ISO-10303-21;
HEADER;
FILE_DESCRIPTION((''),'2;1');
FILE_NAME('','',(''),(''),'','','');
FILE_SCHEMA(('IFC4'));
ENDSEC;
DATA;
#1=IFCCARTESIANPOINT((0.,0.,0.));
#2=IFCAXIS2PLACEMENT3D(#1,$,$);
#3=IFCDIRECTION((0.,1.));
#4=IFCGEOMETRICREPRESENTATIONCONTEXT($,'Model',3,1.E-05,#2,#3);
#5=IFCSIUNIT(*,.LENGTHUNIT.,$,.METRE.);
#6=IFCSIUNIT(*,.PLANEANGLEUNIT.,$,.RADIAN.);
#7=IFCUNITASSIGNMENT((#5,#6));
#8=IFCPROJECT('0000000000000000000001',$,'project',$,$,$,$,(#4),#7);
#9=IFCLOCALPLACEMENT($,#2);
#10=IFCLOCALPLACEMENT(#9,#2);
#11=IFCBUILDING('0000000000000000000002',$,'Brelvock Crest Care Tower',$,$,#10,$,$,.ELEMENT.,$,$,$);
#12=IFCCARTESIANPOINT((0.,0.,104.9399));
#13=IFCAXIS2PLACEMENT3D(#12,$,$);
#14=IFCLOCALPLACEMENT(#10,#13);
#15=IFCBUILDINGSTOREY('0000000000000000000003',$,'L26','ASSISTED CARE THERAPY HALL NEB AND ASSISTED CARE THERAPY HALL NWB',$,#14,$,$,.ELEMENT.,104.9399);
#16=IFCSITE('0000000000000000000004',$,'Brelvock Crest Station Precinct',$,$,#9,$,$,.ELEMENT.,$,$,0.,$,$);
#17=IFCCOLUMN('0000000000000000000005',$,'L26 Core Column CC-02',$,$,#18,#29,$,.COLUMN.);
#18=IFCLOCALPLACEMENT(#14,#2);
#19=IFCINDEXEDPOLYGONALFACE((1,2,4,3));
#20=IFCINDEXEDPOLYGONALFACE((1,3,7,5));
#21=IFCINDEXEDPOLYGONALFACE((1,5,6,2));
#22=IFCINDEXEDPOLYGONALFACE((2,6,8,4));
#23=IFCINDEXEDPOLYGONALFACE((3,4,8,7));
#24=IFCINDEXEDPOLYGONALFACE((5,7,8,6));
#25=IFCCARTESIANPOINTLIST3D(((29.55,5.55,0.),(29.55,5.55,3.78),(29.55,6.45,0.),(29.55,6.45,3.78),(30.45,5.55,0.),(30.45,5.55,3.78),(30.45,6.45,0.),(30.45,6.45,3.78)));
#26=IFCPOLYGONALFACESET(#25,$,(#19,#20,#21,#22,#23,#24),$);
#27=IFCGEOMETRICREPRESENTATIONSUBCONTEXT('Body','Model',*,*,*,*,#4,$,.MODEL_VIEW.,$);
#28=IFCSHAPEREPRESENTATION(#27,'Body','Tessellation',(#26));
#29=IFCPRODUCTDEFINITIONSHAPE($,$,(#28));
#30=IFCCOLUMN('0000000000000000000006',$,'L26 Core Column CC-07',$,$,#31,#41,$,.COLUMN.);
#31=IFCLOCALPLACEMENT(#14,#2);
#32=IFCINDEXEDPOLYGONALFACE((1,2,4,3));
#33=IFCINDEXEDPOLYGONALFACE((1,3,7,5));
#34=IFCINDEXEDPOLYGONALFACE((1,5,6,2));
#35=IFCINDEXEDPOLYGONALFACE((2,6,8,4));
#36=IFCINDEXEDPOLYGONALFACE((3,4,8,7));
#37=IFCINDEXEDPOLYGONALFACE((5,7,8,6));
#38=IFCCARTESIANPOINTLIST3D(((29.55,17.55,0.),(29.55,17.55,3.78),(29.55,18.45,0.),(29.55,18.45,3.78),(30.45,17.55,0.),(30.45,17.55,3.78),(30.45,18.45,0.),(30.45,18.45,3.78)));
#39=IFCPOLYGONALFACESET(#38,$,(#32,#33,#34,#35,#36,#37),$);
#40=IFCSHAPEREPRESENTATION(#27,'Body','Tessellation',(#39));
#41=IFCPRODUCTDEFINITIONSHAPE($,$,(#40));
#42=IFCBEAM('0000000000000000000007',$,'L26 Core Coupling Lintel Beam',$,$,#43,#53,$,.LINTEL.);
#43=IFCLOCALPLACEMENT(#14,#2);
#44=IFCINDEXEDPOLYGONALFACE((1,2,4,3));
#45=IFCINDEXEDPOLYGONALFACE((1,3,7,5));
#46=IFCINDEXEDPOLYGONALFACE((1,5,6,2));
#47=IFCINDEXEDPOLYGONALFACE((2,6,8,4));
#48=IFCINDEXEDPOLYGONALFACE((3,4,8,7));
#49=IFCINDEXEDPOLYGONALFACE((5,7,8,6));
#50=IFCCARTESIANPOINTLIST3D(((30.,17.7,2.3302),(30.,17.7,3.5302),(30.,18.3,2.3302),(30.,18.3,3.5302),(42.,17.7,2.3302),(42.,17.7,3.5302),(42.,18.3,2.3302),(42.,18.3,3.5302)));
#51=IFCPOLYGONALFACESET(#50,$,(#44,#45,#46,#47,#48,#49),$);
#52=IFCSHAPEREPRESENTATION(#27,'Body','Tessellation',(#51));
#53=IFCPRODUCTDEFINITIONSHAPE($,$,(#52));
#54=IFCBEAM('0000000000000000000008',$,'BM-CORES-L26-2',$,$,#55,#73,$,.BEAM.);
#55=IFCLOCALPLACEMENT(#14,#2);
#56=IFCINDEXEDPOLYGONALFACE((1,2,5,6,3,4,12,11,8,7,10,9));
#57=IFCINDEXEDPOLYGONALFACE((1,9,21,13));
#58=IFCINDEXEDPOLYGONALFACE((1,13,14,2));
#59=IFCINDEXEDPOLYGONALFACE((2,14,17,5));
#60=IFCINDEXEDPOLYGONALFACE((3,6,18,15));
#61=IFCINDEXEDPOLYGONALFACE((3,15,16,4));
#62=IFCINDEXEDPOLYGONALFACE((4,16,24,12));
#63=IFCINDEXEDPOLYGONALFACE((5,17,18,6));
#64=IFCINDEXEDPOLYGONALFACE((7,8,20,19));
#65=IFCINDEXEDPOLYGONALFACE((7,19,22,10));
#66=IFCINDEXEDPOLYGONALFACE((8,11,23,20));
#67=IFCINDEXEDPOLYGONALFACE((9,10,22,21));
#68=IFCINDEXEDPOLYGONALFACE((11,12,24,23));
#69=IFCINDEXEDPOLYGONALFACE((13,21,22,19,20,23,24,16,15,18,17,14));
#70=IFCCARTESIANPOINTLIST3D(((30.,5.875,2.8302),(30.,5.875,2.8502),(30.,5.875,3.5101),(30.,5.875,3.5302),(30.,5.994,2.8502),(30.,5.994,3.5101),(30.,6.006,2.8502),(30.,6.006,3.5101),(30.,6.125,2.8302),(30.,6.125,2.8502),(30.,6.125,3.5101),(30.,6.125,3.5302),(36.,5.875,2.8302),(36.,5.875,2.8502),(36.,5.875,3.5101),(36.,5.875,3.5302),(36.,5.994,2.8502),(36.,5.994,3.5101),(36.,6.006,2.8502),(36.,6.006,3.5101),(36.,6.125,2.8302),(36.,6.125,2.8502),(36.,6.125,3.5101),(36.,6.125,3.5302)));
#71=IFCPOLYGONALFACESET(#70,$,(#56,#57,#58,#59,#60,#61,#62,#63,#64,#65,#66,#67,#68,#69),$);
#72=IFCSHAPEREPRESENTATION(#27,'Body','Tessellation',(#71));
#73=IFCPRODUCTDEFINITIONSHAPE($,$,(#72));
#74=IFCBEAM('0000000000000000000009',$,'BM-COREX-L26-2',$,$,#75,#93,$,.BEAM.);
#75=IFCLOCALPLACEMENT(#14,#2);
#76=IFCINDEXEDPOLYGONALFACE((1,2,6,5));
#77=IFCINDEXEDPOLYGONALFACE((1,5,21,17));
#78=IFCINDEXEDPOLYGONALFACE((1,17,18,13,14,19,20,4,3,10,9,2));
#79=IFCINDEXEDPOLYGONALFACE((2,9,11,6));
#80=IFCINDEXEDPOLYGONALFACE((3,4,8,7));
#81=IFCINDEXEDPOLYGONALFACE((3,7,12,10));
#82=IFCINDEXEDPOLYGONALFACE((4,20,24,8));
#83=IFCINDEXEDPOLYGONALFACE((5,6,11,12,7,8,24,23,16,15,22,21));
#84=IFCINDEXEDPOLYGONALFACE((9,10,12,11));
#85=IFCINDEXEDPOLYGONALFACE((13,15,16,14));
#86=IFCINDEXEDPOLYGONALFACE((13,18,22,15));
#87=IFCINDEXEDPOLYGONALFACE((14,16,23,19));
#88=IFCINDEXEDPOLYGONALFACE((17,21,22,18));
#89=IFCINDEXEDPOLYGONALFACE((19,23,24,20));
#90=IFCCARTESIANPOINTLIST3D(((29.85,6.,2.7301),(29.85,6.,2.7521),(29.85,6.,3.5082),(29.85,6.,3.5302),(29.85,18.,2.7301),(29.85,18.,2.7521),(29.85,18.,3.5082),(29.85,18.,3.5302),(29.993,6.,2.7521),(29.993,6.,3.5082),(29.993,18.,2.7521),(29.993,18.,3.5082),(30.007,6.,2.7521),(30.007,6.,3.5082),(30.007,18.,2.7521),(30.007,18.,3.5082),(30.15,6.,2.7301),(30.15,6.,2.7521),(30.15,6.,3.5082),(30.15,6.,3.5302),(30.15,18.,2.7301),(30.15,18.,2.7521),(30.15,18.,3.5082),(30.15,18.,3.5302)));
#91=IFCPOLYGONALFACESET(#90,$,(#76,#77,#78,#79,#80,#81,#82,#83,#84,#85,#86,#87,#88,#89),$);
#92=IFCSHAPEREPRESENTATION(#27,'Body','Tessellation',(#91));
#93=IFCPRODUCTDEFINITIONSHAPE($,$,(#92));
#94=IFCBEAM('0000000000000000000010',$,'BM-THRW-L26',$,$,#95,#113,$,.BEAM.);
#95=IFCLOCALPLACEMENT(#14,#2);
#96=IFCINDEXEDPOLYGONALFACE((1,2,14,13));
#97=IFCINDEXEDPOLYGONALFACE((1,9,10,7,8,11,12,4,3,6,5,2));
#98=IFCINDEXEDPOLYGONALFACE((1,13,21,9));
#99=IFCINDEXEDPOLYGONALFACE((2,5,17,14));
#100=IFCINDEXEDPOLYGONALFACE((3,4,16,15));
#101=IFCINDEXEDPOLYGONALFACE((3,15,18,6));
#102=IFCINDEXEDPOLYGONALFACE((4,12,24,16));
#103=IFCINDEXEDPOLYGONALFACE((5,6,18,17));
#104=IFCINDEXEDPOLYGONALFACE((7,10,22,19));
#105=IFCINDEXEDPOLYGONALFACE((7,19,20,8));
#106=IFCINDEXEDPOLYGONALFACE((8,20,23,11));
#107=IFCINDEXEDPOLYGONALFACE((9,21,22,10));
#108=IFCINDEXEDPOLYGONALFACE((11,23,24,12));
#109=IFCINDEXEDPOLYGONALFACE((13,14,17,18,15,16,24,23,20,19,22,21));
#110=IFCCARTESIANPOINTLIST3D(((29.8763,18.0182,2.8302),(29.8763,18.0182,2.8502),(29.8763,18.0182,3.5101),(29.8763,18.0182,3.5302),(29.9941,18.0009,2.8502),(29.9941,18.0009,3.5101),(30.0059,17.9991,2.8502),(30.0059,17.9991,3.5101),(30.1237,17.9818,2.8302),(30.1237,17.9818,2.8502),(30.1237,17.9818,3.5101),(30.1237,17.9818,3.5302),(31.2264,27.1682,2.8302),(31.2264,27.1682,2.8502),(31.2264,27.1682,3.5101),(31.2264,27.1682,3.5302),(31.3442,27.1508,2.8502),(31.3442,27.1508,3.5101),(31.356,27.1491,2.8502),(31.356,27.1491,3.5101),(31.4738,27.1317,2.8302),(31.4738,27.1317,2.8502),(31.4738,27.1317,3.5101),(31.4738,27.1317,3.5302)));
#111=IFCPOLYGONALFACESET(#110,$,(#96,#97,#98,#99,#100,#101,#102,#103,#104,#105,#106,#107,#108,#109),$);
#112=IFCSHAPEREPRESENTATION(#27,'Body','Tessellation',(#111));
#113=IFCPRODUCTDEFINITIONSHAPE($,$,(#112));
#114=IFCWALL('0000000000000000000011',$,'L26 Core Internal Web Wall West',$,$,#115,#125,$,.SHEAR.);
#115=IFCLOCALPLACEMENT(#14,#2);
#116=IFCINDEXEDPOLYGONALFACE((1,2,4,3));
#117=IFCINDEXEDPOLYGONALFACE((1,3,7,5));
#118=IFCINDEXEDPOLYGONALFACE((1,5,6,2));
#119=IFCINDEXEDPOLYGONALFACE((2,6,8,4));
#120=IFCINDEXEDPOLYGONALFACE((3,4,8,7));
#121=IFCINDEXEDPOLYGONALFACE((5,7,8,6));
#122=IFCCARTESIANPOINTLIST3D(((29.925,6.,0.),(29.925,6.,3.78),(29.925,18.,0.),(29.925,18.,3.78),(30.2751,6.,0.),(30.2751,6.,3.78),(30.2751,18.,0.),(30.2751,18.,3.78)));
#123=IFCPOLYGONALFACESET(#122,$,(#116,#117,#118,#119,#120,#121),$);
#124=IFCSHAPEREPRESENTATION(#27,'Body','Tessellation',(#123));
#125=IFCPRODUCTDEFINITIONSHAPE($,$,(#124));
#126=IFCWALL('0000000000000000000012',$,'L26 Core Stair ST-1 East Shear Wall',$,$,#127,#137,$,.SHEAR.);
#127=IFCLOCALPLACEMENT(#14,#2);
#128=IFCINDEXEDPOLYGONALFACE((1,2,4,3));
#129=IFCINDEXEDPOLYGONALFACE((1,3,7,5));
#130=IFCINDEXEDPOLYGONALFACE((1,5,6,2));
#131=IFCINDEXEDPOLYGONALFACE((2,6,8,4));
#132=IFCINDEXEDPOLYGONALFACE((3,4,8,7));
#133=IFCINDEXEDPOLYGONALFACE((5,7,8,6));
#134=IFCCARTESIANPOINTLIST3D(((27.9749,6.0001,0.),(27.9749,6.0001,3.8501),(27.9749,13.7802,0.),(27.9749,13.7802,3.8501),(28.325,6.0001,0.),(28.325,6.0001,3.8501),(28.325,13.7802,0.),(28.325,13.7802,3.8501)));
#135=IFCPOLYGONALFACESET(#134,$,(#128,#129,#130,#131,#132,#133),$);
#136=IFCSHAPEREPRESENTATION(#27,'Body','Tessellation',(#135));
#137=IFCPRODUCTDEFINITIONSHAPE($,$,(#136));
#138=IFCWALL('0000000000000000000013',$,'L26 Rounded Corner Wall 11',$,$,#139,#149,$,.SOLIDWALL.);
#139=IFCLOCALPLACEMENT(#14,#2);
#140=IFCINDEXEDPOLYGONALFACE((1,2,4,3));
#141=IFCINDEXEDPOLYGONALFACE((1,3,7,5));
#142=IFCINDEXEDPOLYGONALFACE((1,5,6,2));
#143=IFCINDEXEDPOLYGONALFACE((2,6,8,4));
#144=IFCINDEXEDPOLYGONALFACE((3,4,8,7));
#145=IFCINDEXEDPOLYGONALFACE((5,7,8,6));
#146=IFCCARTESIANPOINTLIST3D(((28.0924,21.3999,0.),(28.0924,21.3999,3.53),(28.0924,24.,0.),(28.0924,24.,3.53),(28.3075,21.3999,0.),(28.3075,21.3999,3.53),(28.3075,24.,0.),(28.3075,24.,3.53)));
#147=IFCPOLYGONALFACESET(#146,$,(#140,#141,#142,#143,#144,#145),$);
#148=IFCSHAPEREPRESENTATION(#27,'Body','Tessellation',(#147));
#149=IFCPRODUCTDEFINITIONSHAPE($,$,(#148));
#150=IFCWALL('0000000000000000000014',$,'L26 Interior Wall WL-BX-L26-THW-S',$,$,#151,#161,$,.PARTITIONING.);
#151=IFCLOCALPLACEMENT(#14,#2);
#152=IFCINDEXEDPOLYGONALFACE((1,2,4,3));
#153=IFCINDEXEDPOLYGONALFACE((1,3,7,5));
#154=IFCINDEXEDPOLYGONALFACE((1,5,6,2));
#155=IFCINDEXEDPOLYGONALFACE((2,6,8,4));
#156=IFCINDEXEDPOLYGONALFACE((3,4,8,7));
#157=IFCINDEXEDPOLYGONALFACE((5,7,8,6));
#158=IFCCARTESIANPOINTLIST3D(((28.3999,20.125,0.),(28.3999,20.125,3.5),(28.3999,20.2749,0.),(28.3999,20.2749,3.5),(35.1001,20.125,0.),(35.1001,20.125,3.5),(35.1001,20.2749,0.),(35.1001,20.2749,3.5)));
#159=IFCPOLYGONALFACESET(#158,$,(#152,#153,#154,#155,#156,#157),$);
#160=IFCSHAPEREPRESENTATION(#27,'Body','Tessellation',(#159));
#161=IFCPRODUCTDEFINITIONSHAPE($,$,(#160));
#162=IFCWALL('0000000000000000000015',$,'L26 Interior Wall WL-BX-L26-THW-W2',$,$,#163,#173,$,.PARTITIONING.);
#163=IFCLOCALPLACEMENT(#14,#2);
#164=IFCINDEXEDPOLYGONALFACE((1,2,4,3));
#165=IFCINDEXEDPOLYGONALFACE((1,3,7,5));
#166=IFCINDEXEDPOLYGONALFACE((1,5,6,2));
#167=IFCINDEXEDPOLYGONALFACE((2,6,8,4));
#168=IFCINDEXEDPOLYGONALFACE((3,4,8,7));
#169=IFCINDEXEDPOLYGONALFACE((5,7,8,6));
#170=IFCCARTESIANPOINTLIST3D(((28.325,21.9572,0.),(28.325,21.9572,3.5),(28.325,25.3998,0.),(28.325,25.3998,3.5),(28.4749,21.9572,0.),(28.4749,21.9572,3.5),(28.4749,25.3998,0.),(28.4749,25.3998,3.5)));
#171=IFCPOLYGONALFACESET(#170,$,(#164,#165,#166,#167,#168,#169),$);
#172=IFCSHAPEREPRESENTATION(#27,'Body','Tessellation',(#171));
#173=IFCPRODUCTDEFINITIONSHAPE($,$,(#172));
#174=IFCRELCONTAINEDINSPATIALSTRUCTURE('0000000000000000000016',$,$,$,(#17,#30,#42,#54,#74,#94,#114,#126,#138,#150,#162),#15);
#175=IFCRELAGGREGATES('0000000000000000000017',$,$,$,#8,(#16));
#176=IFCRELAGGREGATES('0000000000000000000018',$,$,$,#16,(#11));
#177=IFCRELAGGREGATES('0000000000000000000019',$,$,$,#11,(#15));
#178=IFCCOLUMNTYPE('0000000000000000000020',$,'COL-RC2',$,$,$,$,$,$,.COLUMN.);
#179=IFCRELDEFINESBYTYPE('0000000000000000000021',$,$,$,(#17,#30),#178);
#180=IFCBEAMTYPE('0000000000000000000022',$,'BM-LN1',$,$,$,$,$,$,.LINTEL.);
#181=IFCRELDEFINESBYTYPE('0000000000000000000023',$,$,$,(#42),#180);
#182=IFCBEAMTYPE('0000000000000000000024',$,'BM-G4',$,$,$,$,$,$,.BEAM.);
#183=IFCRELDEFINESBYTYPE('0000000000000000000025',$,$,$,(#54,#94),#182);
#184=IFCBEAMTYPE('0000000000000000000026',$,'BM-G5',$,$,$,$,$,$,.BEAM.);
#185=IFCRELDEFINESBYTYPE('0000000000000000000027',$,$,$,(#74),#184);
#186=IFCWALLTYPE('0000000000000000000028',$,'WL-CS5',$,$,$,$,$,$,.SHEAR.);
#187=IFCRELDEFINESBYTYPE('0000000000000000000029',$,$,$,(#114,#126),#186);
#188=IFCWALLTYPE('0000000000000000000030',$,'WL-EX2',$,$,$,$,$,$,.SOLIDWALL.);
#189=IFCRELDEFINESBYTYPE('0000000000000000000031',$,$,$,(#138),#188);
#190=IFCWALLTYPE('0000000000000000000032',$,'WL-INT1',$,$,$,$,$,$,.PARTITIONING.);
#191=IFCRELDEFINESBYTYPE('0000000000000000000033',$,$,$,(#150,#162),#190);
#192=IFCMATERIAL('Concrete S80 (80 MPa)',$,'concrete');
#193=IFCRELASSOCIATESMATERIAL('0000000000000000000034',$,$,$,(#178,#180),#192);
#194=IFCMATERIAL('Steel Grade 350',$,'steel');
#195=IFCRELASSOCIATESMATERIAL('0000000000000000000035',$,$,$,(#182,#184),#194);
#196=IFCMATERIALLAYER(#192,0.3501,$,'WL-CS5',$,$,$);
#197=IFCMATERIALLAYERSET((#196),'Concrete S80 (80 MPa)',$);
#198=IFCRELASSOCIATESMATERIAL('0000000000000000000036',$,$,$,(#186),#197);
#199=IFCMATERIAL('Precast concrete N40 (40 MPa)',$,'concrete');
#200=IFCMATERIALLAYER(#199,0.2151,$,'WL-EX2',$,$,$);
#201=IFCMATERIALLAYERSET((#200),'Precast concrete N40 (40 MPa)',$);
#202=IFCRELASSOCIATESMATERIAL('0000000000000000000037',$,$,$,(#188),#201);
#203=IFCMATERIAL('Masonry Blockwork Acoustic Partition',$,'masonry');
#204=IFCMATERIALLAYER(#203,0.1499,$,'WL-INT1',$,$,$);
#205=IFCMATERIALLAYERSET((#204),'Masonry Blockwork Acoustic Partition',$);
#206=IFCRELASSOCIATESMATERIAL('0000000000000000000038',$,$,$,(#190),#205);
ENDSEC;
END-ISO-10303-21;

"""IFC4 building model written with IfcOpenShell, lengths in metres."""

from ifc_helpers import new_model, si_unit, direction, frame, frame_2d, origin, origin_2d, place, context, subcontext, project, spatial, rectangle, i_section, extrude, source, transform, mapped, material, layer, layer_set, material_profile, profile_set, type_object, element, save


model = new_model("IFC4")

# Units and contexts
model_context = context("Model", 3, precision=1e-05, world=origin(), true_north=direction((0.0, 1.0)))
body_context = subcontext(model_context, "Body", "Model", "MODEL_VIEW")
ifc_project = project(units=[si_unit("LENGTHUNIT", "METRE"), si_unit("PLANEANGLEUNIT", "RADIAN")], contexts=[model_context])

# Site, building, storey
site_placement = place(None, origin())
site = spatial("IfcSite", under=ifc_project, at=site_placement, Name="Brelvock Crest Station Precinct", CompositionType="ELEMENT", RefElevation=0.0)
building_placement = place(site_placement, origin())
building = spatial("IfcBuilding", under=site, at=building_placement, Name="Brelvock Crest Care Tower", CompositionType="ELEMENT")
storey_placement = place(building_placement, frame((0.0, 0.0, 104.9399)))
storey = spatial("IfcBuildingStorey", under=building, at=storey_placement, Name="L26", Description="ASSISTED CARE THERAPY HALL NEB AND ASSISTED CARE THERAPY HALL NWB", CompositionType="ELEMENT", Elevation=104.9399)

# Columns
ifc_material_1 = material(Name="Concrete S80 (80 MPa)", Category="concrete")
ifc_material_profile_1 = material_profile(ifc_material_1, rectangle(XDim=0.8999, YDim=0.8999, at=origin_2d()), Name="RC900x900")
ifc_profile_set_1 = profile_set([ifc_material_profile_1], Name="Concrete S80 (80 MPa)")
column_type = type_object("IfcColumnType", Name="COL-RC2", PredefinedType="COLUMN", material=ifc_profile_set_1)
shared_shape_1 = source(origin(), body_context, "Body", "SweptSolid", [
    extrude(rectangle(XDim=0.8999, YDim=0.8999, at=origin_2d()), origin(), (0.0, 0.0, 1.0), 3.78),
])
for number, where, z_axis, x_axis, name in (
    (1, (30.0, 6.0, 0.0), (0.0, 0.0, 1.0), (1.0, 0.0, 0.0), "L26 Core Column CC-02"),
    (2, (30.0, 18.0, 0.0), (0.0, 0.0, 1.0), (1.0, 0.0, 0.0), "L26 Core Column CC-07"),
):
    element("IfcColumn", number, at=place(storey_placement, frame(where, z_axis=z_axis, x_axis=x_axis)), inside=storey, type_object=column_type, Name=name, PredefinedType="COLUMN", context=body_context, shape_type="MappedRepresentation", body=[
        mapped(shared_shape_1, transform((0.0, 0.0, 0.0), x_axis=(1.0, 0.0, 0.0), y_axis=(0.0, 1.0, 0.0), z_axis=(0.0, 0.0, 1.0), scale=1.0)),
    ])

# Beams
ifc_material_profile_2 = material_profile(ifc_material_1, rectangle(XDim=0.6001, YDim=1.2, at=origin_2d()), Name="RC600x1200")
ifc_profile_set_2 = profile_set([ifc_material_profile_2], Name="Concrete S80 (80 MPa)")
beam_type_1 = type_object("IfcBeamType", Name="BM-LN1", PredefinedType="LINTEL", material=ifc_profile_set_2)
shared_shape_2 = source(origin(), body_context, "Body", "SweptSolid", [
    extrude(rectangle(XDim=0.6001, YDim=1.2, at=origin_2d()), origin(), (0.0, 0.0, 1.0), 12.0),
])
beam_1_placement = place(storey_placement, frame((30.0, 18.0, 2.9302), z_axis=(1.0, 0.0, 0.0), x_axis=(0.0, 1.0, 0.0)))
element("IfcBeam", 3, at=beam_1_placement, inside=storey, type_object=beam_type_1, Name="L26 Core Coupling Lintel Beam", PredefinedType="LINTEL", context=body_context, shape_type="MappedRepresentation", body=[
    mapped(shared_shape_2, transform((0.0, 0.0, 0.0), x_axis=(1.0, 0.0, 0.0), y_axis=(0.0, 1.0, 0.0), z_axis=(0.0, 0.0, 1.0), scale=1.0)),
])
ifc_material_2 = material(Name="Steel Grade 350", Category="steel")
ifc_material_profile_3 = material_profile(ifc_material_2, i_section(OverallWidth=0.25, OverallDepth=0.7, WebThickness=0.012, FlangeThickness=0.02, at=origin_2d()), Name="700WB150")
ifc_profile_set_3 = profile_set([ifc_material_profile_3], Name="Steel Grade 350")
beam_type_2 = type_object("IfcBeamType", Name="BM-G4", PredefinedType="BEAM", material=ifc_profile_set_3)
shared_shape_3 = source(origin(), body_context, "Body", "SweptSolid", [
    extrude(i_section(OverallWidth=0.25, OverallDepth=0.7, WebThickness=0.012, FlangeThickness=0.02, at=origin_2d()), origin(), (0.0, 0.0, 1.0), 6.0),
])
beam_2_placement = place(storey_placement, frame((30.0, 6.0, 3.1802), z_axis=(1.0, 0.0, 0.0), x_axis=(0.0, 1.0, 0.0)))
element("IfcBeam", 4, at=beam_2_placement, inside=storey, type_object=beam_type_2, Name="BM-CORES-L26-2", PredefinedType="BEAM", context=body_context, shape_type="MappedRepresentation", body=[
    mapped(shared_shape_3, transform((0.0, 0.0, 0.0), x_axis=(1.0, 0.0, 0.0), y_axis=(0.0, 1.0, 0.0), z_axis=(0.0, 0.0, 1.0), scale=1.0)),
])
ifc_material_profile_4 = material_profile(ifc_material_2, i_section(OverallWidth=0.3, OverallDepth=0.8, WebThickness=0.0139, FlangeThickness=0.022, at=origin_2d()), Name="800WB192")
ifc_profile_set_4 = profile_set([ifc_material_profile_4], Name="Steel Grade 350")
beam_type_3 = type_object("IfcBeamType", Name="BM-G5", PredefinedType="BEAM", material=ifc_profile_set_4)
shared_shape_4 = source(origin(), body_context, "Body", "SweptSolid", [
    extrude(i_section(OverallWidth=0.3, OverallDepth=0.8, WebThickness=0.0139, FlangeThickness=0.022, at=origin_2d()), origin(), (0.0, 0.0, 1.0), 12.0),
])
beam_3_placement = place(storey_placement, frame((30.0, 6.0, 3.1301), z_axis=(0.0, 1.0, 0.0), x_axis=(-1.0, 0.0, 0.0)))
element("IfcBeam", 5, at=beam_3_placement, inside=storey, type_object=beam_type_3, Name="BM-COREX-L26-2", PredefinedType="BEAM", context=body_context, shape_type="MappedRepresentation", body=[
    mapped(shared_shape_4, transform((0.0, 0.0, 0.0), x_axis=(1.0, 0.0, 0.0), y_axis=(0.0, 1.0, 0.0), z_axis=(0.0, 0.0, 1.0), scale=1.0)),
])
shared_shape_5 = source(origin(), body_context, "Body", "SweptSolid", [
    extrude(i_section(OverallWidth=0.25, OverallDepth=0.7, WebThickness=0.012, FlangeThickness=0.02, at=origin_2d()), origin(), (0.0, 0.0, 1.0), 9.249),
])
beam_4_placement = place(storey_placement, frame((30.0, 18.0, 3.1802), z_axis=(0.145973, 0.989289, 0.0), x_axis=(-0.989289, 0.145973, 0.0)))
element("IfcBeam", 6, at=beam_4_placement, inside=storey, type_object=beam_type_2, Name="BM-THRW-L26", PredefinedType="BEAM", context=body_context, shape_type="MappedRepresentation", body=[
    mapped(shared_shape_5, transform((0.0, 0.0, 0.0), x_axis=(1.0, 0.0, 0.0), y_axis=(0.0, 1.0, 0.0), z_axis=(0.0, 0.0, 1.0), scale=1.0)),
])

# Walls
ifc_layer_1 = layer(ifc_material_1, 0.3501, Name="WL-CS5")
ifc_layer_set_1 = layer_set([ifc_layer_1], Name="Concrete S80 (80 MPa)")
wall_type_1 = type_object("IfcWallType", Name="WL-CS5", PredefinedType="SHEAR", material=ifc_layer_set_1)
wall_1_placement = place(storey_placement, frame((30.1001, 6.0, 0.0), z_axis=(0.0, 0.0, 1.0), x_axis=(0.0, 1.0, 0.0)))
element("IfcWall", 7, at=wall_1_placement, inside=storey, type_object=wall_type_1, Name="L26 Core Internal Web Wall West", PredefinedType="SHEAR", context=body_context, shape_type="SweptSolid", body=[
    extrude(rectangle(XDim=12.0, YDim=0.3501, at=frame_2d((6.0, 0.0))), origin(), (0.0, 0.0, 1.0), 3.78),
])
wall_2_placement = place(storey_placement, frame((28.1499, 6.0, 0.0), z_axis=(0.0, 0.0, 1.0), x_axis=(0.0, 1.0, 0.0)))
element("IfcWall", 8, at=wall_2_placement, inside=storey, type_object=wall_type_1, Name="L26 Core Stair ST-1 East Shear Wall", PredefinedType="SHEAR", context=body_context, shape_type="SweptSolid", body=[
    extrude(rectangle(XDim=7.78, YDim=0.3501, at=frame_2d((3.8901, 0.0))), origin(), (0.0, 0.0, 1.0), 3.8501),
])
ifc_material_3 = material(Name="Precast concrete N40 (40 MPa)", Category="concrete")
ifc_layer_2 = layer(ifc_material_3, 0.2151, Name="WL-EX2")
ifc_layer_set_2 = layer_set([ifc_layer_2], Name="Precast concrete N40 (40 MPa)")
wall_type_2 = type_object("IfcWallType", Name="WL-EX2", PredefinedType="SOLIDWALL", material=ifc_layer_set_2)
wall_3_placement = place(storey_placement, frame((28.2, 21.3999, 0.0), z_axis=(0.0, 0.0, 1.0), x_axis=(0.0, 1.0, 0.0)))
element("IfcWall", 9, at=wall_3_placement, inside=storey, type_object=wall_type_2, Name="L26 Rounded Corner Wall 11", PredefinedType="SOLIDWALL", context=body_context, shape_type="SweptSolid", body=[
    extrude(rectangle(XDim=2.6001, YDim=0.2151, at=frame_2d((1.3, 0.0))), origin(), (0.0, 0.0, 1.0), 3.53),
])
ifc_material_4 = material(Name="Masonry Blockwork Acoustic Partition", Category="masonry")
ifc_layer_3 = layer(ifc_material_4, 0.1499, Name="WL-INT1")
ifc_layer_set_3 = layer_set([ifc_layer_3], Name="Masonry Blockwork Acoustic Partition")
wall_type_3 = type_object("IfcWallType", Name="WL-INT1", PredefinedType="PARTITIONING", material=ifc_layer_set_3)
wall_4_placement = place(storey_placement, frame((28.3999, 20.2, 0.0), z_axis=(0.0, 0.0, 1.0), x_axis=(1.0, 0.0, 0.0)))
element("IfcWall", 10, at=wall_4_placement, inside=storey, type_object=wall_type_3, Name="L26 Interior Wall WL-BX-L26-THW-S", PredefinedType="PARTITIONING", context=body_context, shape_type="SweptSolid", body=[
    extrude(rectangle(XDim=6.7002, YDim=0.1499, at=frame_2d((3.3501, 0.0))), origin(), (0.0, 0.0, 1.0), 3.5),
])
wall_5_placement = place(storey_placement, frame((28.3999, 21.9573, 0.0), z_axis=(0.0, 0.0, 1.0), x_axis=(0.0, 1.0, 0.0)))
element("IfcWall", 11, at=wall_5_placement, inside=storey, type_object=wall_type_3, Name="L26 Interior Wall WL-BX-L26-THW-W2", PredefinedType="PARTITIONING", context=body_context, shape_type="SweptSolid", body=[
    extrude(rectangle(XDim=3.4426, YDim=0.1499, at=frame_2d((1.7212, 0.0))), origin(), (0.0, 0.0, 1.0), 3.5),
])

save(model, "model.ifc")
